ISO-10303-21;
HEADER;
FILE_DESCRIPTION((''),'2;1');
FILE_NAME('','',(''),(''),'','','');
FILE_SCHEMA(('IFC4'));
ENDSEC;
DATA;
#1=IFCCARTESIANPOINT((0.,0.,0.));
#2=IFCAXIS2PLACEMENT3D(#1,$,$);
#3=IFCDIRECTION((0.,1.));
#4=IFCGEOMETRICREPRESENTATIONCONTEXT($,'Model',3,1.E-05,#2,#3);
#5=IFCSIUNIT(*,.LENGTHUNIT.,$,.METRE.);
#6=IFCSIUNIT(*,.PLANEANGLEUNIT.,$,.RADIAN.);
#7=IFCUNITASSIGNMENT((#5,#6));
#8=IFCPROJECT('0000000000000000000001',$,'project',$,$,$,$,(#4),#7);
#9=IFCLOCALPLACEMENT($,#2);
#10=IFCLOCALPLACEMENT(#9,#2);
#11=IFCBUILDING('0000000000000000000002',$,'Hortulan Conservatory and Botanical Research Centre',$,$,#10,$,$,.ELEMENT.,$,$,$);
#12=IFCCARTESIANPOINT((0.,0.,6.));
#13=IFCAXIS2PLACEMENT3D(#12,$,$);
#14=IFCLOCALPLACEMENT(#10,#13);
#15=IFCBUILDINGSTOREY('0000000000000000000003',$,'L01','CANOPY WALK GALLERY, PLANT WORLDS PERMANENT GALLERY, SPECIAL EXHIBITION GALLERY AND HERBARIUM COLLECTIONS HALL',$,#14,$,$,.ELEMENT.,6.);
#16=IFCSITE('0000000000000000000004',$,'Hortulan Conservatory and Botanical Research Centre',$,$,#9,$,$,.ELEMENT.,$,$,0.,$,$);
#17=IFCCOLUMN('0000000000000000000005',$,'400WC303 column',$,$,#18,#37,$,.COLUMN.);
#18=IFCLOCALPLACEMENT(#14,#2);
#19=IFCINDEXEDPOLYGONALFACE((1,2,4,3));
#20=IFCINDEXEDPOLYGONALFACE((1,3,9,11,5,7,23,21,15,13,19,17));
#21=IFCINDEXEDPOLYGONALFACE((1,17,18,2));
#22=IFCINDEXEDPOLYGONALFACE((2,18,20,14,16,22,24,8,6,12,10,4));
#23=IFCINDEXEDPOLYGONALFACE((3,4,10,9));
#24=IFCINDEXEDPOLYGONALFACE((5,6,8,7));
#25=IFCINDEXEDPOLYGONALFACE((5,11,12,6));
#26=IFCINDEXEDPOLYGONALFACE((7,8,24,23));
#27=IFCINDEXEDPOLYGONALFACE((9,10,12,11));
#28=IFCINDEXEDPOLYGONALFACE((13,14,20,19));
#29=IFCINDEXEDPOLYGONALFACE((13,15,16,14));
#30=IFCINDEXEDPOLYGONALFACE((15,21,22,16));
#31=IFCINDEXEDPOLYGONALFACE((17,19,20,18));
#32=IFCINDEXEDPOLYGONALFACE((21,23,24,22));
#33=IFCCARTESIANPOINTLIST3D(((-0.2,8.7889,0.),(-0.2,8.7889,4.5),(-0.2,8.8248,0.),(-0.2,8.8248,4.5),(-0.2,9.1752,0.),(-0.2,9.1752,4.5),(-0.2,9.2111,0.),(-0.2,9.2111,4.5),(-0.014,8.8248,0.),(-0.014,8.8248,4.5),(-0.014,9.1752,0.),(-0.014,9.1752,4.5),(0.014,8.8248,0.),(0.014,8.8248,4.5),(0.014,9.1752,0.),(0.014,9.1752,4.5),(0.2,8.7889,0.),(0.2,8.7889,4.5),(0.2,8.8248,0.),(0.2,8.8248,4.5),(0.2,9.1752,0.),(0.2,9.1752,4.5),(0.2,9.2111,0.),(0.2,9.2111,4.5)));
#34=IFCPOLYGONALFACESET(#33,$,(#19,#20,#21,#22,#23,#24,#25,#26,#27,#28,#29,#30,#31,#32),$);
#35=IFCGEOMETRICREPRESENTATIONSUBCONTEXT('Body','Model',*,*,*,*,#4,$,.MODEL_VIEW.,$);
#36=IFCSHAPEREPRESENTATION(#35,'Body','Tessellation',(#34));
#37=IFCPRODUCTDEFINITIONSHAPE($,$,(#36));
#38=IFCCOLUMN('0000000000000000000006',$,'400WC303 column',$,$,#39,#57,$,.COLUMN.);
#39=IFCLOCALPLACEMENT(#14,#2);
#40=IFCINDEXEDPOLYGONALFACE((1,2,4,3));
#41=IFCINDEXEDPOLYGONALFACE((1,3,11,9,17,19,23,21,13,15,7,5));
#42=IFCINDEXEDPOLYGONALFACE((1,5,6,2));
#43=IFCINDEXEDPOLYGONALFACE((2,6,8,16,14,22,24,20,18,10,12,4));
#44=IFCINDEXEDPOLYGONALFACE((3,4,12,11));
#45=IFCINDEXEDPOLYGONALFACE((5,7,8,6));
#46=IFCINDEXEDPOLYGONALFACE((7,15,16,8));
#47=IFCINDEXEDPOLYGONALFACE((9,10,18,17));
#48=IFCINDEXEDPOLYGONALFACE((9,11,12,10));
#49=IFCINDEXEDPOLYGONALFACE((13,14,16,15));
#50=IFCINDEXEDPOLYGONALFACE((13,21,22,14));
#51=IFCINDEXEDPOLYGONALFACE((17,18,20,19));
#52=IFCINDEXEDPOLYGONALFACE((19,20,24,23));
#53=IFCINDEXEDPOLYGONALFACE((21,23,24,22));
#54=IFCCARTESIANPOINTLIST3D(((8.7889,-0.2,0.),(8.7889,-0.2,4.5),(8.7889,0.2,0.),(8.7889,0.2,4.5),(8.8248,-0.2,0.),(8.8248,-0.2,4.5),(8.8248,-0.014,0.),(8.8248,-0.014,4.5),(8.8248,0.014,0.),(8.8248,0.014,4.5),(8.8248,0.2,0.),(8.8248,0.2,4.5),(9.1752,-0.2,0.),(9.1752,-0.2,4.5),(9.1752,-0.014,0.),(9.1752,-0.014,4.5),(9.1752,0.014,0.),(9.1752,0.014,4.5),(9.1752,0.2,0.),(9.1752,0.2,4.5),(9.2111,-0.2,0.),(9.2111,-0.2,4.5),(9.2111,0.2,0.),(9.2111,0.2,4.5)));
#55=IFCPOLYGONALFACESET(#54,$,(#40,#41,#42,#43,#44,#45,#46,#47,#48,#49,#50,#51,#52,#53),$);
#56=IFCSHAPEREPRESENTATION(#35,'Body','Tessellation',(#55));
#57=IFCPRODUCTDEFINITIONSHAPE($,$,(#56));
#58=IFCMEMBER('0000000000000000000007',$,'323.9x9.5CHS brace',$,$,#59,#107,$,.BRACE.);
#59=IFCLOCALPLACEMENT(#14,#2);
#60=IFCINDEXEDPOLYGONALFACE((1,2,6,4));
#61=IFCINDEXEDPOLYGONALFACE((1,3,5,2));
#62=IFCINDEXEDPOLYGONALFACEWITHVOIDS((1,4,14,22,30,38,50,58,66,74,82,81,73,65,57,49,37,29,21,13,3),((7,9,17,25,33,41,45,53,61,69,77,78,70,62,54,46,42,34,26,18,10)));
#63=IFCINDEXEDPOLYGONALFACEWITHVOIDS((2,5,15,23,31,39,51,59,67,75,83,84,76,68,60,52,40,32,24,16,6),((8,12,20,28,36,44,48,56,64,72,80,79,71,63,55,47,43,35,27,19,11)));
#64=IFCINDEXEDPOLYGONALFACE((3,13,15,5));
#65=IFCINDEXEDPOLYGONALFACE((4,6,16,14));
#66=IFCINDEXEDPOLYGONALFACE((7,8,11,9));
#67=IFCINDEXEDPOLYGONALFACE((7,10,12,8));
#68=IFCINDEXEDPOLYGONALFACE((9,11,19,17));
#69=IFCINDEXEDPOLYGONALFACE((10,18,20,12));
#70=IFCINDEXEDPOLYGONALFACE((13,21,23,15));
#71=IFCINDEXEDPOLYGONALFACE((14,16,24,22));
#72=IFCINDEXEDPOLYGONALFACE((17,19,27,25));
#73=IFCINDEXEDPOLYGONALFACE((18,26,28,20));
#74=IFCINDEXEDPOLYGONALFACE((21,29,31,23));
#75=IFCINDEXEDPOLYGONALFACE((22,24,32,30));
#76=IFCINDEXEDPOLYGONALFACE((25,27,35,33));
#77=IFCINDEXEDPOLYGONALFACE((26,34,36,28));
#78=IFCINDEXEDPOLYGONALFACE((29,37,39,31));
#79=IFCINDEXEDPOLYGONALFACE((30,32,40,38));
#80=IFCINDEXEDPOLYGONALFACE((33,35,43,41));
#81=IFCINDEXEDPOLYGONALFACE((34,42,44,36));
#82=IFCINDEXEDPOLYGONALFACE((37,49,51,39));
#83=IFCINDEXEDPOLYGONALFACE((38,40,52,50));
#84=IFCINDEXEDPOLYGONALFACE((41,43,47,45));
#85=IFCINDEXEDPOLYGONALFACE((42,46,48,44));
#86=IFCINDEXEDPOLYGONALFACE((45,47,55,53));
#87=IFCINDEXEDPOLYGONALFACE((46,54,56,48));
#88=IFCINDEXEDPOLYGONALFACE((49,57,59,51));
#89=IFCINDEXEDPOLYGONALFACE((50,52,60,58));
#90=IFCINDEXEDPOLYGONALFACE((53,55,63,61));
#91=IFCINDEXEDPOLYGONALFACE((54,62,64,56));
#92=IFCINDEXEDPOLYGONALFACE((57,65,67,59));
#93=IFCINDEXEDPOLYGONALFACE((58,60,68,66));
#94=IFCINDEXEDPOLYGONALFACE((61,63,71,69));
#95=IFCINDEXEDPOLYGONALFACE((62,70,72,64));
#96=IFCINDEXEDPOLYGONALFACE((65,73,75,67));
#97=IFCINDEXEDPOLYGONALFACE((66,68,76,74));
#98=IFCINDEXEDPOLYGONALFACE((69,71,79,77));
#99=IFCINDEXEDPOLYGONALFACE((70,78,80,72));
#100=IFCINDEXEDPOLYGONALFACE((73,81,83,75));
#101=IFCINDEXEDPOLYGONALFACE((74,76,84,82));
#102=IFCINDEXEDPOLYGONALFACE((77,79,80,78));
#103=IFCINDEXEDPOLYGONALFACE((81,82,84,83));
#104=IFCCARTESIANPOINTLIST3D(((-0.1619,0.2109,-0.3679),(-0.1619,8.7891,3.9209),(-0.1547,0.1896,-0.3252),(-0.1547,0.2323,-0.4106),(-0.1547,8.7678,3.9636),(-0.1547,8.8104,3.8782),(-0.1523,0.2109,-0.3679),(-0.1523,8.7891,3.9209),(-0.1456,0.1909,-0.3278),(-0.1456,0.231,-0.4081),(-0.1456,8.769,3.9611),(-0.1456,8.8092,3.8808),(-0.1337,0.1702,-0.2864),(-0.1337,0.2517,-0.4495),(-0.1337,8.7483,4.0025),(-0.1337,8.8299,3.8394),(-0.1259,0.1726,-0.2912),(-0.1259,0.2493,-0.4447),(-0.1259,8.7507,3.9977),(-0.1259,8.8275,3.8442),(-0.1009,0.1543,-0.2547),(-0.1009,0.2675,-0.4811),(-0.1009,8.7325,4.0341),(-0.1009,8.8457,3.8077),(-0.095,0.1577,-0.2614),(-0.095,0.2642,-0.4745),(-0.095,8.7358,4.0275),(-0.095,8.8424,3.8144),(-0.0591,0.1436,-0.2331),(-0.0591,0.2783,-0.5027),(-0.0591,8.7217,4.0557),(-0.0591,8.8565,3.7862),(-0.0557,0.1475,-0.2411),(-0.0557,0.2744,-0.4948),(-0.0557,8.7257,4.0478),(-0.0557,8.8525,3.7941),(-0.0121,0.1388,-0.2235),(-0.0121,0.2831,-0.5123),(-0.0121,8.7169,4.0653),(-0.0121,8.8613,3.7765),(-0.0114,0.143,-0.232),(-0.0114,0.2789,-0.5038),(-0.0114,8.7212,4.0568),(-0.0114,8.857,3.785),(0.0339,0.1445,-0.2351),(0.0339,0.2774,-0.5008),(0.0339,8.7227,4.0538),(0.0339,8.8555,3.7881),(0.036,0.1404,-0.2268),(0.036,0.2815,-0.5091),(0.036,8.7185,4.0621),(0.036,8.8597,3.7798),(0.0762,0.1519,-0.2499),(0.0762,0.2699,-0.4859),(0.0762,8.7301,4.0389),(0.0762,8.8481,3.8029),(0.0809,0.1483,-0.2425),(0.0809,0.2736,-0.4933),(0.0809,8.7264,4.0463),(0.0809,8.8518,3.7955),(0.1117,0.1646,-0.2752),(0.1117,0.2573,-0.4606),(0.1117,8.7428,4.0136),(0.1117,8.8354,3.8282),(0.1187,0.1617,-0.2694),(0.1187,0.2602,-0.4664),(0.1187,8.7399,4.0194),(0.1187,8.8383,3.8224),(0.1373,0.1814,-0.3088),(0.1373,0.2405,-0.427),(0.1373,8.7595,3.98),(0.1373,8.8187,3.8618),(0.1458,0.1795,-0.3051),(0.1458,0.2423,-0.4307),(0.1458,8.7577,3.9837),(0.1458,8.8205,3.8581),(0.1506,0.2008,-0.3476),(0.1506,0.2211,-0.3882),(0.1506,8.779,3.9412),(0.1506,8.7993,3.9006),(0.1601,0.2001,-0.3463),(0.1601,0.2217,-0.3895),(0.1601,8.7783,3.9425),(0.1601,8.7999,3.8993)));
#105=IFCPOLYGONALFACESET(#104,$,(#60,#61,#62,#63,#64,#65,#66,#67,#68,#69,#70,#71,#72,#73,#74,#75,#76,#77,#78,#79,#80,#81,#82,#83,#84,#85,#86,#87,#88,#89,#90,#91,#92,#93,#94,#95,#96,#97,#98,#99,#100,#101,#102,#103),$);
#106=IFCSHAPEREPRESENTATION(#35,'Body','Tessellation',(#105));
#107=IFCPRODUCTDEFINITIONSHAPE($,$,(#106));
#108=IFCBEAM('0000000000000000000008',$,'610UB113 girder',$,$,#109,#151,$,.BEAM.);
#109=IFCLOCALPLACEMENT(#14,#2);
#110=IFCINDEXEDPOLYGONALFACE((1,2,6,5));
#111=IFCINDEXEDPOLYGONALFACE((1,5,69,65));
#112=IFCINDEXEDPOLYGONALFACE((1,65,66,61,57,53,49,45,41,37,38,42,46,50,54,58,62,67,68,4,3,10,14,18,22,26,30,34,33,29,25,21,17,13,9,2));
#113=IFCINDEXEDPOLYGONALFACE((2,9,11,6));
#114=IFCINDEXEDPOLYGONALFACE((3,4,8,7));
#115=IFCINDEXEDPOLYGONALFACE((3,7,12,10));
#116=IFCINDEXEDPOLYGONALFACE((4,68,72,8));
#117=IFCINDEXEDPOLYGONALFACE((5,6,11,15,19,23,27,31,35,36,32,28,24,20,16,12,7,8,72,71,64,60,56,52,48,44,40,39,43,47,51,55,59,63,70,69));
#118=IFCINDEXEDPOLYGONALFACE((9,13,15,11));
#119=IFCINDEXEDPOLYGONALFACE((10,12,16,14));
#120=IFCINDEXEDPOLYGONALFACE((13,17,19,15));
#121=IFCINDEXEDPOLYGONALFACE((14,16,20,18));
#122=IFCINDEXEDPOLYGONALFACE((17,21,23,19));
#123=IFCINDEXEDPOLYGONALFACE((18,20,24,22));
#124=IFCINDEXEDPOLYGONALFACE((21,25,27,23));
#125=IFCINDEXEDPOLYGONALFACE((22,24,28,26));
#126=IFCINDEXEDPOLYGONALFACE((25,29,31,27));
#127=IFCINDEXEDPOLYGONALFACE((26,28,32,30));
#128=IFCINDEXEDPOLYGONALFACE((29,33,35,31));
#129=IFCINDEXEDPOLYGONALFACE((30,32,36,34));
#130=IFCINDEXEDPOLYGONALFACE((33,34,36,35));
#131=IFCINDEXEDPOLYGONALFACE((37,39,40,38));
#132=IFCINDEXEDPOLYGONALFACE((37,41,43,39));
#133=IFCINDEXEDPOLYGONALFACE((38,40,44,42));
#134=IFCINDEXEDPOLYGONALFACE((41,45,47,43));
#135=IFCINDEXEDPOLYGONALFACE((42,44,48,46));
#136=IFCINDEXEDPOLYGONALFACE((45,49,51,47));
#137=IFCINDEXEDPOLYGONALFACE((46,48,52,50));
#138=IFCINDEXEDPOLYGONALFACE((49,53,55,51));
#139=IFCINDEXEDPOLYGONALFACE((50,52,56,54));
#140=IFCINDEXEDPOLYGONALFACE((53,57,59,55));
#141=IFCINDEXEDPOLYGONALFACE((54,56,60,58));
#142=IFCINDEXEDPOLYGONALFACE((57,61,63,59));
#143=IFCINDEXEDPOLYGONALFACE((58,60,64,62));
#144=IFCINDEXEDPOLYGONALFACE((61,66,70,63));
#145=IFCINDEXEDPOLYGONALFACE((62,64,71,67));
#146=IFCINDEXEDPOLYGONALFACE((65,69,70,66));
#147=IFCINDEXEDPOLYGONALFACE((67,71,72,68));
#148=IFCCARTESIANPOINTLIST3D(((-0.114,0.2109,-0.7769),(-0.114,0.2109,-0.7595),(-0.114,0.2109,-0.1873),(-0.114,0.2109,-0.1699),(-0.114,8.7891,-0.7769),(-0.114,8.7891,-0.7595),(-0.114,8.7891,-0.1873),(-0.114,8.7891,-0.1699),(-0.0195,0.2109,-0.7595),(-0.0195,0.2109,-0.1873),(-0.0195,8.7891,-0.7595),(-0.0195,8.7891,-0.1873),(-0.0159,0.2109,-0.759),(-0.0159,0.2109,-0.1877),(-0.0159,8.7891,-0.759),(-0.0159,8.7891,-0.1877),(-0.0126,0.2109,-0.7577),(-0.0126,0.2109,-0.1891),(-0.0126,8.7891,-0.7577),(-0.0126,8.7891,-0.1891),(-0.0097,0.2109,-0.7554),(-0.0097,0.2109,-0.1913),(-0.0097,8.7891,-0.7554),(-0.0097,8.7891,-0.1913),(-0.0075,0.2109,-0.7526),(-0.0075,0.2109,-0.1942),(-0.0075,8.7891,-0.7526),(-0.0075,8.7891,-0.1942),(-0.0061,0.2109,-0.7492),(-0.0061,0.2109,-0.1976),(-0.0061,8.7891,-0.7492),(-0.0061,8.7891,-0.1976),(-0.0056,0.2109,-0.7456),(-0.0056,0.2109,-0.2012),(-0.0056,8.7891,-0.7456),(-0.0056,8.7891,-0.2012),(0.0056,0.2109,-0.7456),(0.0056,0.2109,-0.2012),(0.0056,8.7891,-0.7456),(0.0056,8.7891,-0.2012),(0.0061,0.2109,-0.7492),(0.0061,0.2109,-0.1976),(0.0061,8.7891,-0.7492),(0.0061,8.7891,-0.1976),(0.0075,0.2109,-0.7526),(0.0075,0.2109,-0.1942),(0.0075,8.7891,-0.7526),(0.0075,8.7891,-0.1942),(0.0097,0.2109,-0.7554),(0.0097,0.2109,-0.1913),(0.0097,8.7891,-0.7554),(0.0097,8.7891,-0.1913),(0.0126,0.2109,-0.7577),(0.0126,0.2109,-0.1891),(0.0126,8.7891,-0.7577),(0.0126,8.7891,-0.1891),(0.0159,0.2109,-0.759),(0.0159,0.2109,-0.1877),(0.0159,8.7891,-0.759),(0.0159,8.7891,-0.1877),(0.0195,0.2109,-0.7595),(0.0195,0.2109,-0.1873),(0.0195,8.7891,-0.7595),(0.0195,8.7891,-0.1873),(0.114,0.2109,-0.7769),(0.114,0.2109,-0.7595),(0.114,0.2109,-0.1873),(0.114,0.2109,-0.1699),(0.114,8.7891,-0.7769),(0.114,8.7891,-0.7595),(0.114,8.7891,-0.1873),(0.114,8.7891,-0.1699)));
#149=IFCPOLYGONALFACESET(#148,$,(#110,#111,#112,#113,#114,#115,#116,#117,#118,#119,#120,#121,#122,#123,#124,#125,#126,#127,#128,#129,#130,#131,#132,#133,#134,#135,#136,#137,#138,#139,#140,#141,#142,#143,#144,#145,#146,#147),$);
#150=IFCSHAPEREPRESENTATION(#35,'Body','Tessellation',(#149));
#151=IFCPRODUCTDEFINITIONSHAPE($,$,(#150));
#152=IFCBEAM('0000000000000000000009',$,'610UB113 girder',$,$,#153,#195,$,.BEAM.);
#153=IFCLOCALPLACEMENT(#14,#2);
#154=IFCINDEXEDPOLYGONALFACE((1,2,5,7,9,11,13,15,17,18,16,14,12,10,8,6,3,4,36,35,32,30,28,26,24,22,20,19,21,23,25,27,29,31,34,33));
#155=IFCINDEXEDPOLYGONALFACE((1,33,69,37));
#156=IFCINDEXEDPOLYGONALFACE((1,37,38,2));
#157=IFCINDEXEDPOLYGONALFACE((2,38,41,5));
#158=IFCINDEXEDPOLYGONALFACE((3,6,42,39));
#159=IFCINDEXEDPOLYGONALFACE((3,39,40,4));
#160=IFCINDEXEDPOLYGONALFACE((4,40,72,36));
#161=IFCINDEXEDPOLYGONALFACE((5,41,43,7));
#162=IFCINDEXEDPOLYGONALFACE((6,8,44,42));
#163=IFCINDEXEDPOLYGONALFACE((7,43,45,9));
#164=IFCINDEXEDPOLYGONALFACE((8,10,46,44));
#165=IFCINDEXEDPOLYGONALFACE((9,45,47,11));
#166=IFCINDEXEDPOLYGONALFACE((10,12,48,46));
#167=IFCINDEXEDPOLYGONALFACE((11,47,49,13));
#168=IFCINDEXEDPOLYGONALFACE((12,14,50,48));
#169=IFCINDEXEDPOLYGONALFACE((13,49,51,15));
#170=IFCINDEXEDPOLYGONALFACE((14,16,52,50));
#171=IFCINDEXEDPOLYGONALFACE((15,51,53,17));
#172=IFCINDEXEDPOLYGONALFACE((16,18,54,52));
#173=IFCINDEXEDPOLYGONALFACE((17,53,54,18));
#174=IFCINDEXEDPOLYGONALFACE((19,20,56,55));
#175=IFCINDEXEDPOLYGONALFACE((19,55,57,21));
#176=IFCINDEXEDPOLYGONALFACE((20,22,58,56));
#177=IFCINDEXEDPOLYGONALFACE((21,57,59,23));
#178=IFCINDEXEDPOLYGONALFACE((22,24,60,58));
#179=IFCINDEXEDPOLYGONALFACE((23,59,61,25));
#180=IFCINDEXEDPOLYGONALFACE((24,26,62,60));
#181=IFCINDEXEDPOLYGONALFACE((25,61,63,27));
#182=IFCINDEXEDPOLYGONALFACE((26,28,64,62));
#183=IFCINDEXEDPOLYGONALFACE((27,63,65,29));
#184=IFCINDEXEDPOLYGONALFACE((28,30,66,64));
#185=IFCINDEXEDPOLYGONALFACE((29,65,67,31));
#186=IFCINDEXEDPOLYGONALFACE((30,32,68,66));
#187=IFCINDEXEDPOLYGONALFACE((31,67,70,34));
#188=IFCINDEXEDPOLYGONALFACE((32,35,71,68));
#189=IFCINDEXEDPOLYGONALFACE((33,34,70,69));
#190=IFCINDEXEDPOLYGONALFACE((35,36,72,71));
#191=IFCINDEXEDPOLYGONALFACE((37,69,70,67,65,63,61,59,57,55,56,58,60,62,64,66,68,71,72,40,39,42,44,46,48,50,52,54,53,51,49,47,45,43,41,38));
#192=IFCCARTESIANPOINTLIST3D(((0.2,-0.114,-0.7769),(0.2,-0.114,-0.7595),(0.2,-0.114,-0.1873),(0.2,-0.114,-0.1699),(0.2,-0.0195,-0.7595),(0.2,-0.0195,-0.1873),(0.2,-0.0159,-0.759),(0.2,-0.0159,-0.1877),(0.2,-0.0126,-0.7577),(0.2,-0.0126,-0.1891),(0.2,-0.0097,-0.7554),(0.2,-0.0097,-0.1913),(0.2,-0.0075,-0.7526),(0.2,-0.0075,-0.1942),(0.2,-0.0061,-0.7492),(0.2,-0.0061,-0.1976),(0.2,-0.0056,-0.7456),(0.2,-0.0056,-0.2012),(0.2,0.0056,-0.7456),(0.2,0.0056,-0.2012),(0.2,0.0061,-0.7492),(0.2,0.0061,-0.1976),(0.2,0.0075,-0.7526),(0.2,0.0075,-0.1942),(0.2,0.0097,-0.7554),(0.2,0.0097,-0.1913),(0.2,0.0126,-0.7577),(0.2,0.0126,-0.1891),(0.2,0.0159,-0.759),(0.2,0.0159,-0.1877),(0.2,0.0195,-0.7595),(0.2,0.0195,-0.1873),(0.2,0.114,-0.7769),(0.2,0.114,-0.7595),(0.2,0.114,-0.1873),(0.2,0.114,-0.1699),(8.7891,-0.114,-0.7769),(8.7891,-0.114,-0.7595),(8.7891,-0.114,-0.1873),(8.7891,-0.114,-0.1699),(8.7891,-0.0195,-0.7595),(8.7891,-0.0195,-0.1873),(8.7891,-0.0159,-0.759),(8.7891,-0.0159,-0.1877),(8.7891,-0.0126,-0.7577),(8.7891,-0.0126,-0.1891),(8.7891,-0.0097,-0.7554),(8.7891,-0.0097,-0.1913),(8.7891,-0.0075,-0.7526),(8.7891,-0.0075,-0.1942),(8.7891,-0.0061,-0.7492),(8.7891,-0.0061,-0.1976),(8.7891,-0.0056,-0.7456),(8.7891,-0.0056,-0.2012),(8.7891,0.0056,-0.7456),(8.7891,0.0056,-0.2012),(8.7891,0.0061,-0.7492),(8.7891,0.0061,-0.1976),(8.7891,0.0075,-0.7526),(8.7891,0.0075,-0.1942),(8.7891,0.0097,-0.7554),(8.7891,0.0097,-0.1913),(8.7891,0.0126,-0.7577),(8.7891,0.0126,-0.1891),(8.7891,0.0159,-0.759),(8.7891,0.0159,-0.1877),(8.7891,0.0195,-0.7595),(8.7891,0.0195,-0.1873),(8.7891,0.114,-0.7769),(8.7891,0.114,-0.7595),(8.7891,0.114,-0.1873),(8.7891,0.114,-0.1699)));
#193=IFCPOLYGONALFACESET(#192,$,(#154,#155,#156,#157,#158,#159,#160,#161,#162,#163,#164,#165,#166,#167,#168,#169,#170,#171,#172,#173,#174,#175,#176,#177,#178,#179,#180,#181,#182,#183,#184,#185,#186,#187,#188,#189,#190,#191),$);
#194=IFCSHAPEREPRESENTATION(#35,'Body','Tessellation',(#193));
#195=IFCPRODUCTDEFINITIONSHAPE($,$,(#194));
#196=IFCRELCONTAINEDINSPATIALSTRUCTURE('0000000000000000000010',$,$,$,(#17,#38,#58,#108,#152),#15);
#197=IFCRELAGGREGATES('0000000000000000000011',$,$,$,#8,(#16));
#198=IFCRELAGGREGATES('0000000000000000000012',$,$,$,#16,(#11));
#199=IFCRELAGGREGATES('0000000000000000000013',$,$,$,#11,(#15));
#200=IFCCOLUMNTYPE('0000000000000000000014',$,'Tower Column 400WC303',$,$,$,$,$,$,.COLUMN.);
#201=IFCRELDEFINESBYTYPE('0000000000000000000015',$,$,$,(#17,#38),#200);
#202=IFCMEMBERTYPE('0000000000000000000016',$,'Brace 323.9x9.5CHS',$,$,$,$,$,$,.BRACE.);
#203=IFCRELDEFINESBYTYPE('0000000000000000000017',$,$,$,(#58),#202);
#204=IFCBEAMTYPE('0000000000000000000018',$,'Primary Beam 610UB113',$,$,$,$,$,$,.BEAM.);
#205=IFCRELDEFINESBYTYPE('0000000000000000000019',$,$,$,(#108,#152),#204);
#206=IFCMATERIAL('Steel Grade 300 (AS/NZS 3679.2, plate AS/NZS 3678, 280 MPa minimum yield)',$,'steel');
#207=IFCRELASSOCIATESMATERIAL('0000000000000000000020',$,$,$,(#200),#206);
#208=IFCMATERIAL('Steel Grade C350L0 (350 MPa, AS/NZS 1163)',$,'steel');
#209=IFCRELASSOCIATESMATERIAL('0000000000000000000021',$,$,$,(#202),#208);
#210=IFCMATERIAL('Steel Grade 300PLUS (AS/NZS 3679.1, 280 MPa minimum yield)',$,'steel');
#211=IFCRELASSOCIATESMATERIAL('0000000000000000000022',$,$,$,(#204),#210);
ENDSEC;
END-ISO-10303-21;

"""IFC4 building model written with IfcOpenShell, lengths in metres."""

from ifc_helpers import new_model, si_unit, direction, frame, origin, origin_2d, place, context, subcontext, project, spatial, hollow_circle, i_section, extrude, material, material_profile, profile_set, type_object, element, save


model = new_model("IFC4")

# Units and contexts
model_context = context("Model", 3, precision=1e-05, world=origin(), true_north=direction((0.0, 1.0)))
body_context = subcontext(model_context, "Body", "Model", "MODEL_VIEW")
ifc_project = project(units=[si_unit("LENGTHUNIT", "METRE"), si_unit("PLANEANGLEUNIT", "RADIAN")], contexts=[model_context])

# Site, building, storey
site_placement = place(None, origin())
site = spatial("IfcSite", under=ifc_project, at=site_placement, Name="Hortulan Conservatory and Botanical Research Centre", CompositionType="ELEMENT", RefElevation=0.0)
building_placement = place(site_placement, origin())
building = spatial("IfcBuilding", under=site, at=building_placement, Name="Hortulan Conservatory and Botanical Research Centre", CompositionType="ELEMENT")
storey_placement = place(building_placement, frame((0.0, 0.0, 6.0)))
storey = spatial("IfcBuildingStorey", under=building, at=storey_placement, Name="L01", Description="CANOPY WALK GALLERY, PLANT WORLDS PERMANENT GALLERY, SPECIAL EXHIBITION GALLERY AND HERBARIUM COLLECTIONS HALL", CompositionType="ELEMENT", Elevation=6.0)

# Columns
ifc_material_1 = material(Name="Steel Grade 300 (AS/NZS 3679.2, plate AS/NZS 3678, 280 MPa minimum yield)", Category="steel")
ifc_material_profile_1 = material_profile(ifc_material_1, i_section(OverallWidth=0.3999, OverallDepth=0.4221, WebThickness=0.0281, FlangeThickness=0.0359, at=origin_2d()), Name="400WC303")
ifc_profile_set_1 = profile_set([ifc_material_profile_1], Name="Steel Grade 300 (AS/NZS 3679.2, plate AS/NZS 3678, 280 MPa minimum yield)")
column_type = type_object("IfcColumnType", Name="Tower Column 400WC303", PredefinedType="COLUMN", material=ifc_profile_set_1)
for number, where, z_axis, x_axis, name in (
    (1, (0.0, 9.0, 0.0), (0.0, 0.0, 1.0), (1.0, 0.0, 0.0), "400WC303 column"),
    (2, (9.0, 0.0, 0.0), (0.0, 0.0, 1.0), (0.0, 1.0, 0.0), "400WC303 column"),
):
    element("IfcColumn", number, at=place(storey_placement, frame(where, z_axis=z_axis, x_axis=x_axis)), inside=storey, type_object=column_type, Name=name, PredefinedType="COLUMN", context=body_context, shape_type="SweptSolid", body=[
        extrude(i_section(OverallWidth=0.3999, OverallDepth=0.4221, WebThickness=0.0281, FlangeThickness=0.0359, at=origin_2d()), origin(), (0.0, 0.0, 1.0), 4.5),
    ])

# Member
ifc_material_2 = material(Name="Steel Grade C350L0 (350 MPa, AS/NZS 1163)", Category="steel")
ifc_material_profile_2 = material_profile(ifc_material_2, hollow_circle(Radius=0.1619, WallThickness=0.0095, at=origin_2d()), Name="323.9x9.5CHS")
ifc_profile_set_2 = profile_set([ifc_material_profile_2], Name="Steel Grade C350L0 (350 MPa, AS/NZS 1163)")
member_type = type_object("IfcMemberType", Name="Brace 323.9x9.5CHS", PredefinedType="BRACE", material=ifc_profile_set_2)
member_placement = place(storey_placement, frame((0.0, 0.2109, -0.3679), z_axis=(0.0, 0.894437, 0.447193), x_axis=(-1.0, 0.0, 0.0)))
element("IfcMember", 3, at=member_placement, inside=storey, type_object=member_type, Name="323.9x9.5CHS brace", PredefinedType="BRACE", context=body_context, shape_type="SweptSolid", body=[
    extrude(hollow_circle(Radius=0.1619, WallThickness=0.0095, at=origin_2d()), origin(), (0.0, 0.0, 1.0), 9.5906),
])

# Beams
ifc_material_3 = material(Name="Steel Grade 300PLUS (AS/NZS 3679.1, 280 MPa minimum yield)", Category="steel")
ifc_material_profile_3 = material_profile(ifc_material_3, i_section(OverallWidth=0.228, OverallDepth=0.6069, WebThickness=0.0112, FlangeThickness=0.0173, FilletRadius=0.0139, at=origin_2d()), Name="610UB113")
ifc_profile_set_3 = profile_set([ifc_material_profile_3], Name="Steel Grade 300PLUS (AS/NZS 3679.1, 280 MPa minimum yield)")
beam_type_1 = type_object("IfcBeamType", Name="Primary Beam 610UB113", PredefinedType="BEAM", material=ifc_profile_set_3)
beam_1_placement = place(storey_placement, frame((0.0, 0.2109, -0.4734), z_axis=(0.0, 1.0, 0.0), x_axis=(-1.0, 0.0, 0.0)))
element("IfcBeam", 4, at=beam_1_placement, inside=storey, type_object=beam_type_1, Name="610UB113 girder", PredefinedType="BEAM", context=body_context, shape_type="SweptSolid", body=[
    extrude(i_section(OverallWidth=0.228, OverallDepth=0.6069, WebThickness=0.0112, FlangeThickness=0.0173, FilletRadius=0.0139, at=origin_2d()), origin(), (0.0, 0.0, 1.0), 8.5781),
])
beam_2_placement = place(storey_placement, frame((0.2, 0.0, -0.4734), z_axis=(1.0, 0.0, 0.0), x_axis=(0.0, 1.0, 0.0)))
element("IfcBeam", 5, at=beam_2_placement, inside=storey, type_object=beam_type_1, Name="610UB113 girder", PredefinedType="BEAM", context=body_context, shape_type="SweptSolid", body=[
    extrude(i_section(OverallWidth=0.228, OverallDepth=0.6069, WebThickness=0.0112, FlangeThickness=0.0173, FilletRadius=0.0139, at=origin_2d()), origin(), (0.0, 0.0, 1.0), 8.5891),
])

save(model, "model.ifc")
